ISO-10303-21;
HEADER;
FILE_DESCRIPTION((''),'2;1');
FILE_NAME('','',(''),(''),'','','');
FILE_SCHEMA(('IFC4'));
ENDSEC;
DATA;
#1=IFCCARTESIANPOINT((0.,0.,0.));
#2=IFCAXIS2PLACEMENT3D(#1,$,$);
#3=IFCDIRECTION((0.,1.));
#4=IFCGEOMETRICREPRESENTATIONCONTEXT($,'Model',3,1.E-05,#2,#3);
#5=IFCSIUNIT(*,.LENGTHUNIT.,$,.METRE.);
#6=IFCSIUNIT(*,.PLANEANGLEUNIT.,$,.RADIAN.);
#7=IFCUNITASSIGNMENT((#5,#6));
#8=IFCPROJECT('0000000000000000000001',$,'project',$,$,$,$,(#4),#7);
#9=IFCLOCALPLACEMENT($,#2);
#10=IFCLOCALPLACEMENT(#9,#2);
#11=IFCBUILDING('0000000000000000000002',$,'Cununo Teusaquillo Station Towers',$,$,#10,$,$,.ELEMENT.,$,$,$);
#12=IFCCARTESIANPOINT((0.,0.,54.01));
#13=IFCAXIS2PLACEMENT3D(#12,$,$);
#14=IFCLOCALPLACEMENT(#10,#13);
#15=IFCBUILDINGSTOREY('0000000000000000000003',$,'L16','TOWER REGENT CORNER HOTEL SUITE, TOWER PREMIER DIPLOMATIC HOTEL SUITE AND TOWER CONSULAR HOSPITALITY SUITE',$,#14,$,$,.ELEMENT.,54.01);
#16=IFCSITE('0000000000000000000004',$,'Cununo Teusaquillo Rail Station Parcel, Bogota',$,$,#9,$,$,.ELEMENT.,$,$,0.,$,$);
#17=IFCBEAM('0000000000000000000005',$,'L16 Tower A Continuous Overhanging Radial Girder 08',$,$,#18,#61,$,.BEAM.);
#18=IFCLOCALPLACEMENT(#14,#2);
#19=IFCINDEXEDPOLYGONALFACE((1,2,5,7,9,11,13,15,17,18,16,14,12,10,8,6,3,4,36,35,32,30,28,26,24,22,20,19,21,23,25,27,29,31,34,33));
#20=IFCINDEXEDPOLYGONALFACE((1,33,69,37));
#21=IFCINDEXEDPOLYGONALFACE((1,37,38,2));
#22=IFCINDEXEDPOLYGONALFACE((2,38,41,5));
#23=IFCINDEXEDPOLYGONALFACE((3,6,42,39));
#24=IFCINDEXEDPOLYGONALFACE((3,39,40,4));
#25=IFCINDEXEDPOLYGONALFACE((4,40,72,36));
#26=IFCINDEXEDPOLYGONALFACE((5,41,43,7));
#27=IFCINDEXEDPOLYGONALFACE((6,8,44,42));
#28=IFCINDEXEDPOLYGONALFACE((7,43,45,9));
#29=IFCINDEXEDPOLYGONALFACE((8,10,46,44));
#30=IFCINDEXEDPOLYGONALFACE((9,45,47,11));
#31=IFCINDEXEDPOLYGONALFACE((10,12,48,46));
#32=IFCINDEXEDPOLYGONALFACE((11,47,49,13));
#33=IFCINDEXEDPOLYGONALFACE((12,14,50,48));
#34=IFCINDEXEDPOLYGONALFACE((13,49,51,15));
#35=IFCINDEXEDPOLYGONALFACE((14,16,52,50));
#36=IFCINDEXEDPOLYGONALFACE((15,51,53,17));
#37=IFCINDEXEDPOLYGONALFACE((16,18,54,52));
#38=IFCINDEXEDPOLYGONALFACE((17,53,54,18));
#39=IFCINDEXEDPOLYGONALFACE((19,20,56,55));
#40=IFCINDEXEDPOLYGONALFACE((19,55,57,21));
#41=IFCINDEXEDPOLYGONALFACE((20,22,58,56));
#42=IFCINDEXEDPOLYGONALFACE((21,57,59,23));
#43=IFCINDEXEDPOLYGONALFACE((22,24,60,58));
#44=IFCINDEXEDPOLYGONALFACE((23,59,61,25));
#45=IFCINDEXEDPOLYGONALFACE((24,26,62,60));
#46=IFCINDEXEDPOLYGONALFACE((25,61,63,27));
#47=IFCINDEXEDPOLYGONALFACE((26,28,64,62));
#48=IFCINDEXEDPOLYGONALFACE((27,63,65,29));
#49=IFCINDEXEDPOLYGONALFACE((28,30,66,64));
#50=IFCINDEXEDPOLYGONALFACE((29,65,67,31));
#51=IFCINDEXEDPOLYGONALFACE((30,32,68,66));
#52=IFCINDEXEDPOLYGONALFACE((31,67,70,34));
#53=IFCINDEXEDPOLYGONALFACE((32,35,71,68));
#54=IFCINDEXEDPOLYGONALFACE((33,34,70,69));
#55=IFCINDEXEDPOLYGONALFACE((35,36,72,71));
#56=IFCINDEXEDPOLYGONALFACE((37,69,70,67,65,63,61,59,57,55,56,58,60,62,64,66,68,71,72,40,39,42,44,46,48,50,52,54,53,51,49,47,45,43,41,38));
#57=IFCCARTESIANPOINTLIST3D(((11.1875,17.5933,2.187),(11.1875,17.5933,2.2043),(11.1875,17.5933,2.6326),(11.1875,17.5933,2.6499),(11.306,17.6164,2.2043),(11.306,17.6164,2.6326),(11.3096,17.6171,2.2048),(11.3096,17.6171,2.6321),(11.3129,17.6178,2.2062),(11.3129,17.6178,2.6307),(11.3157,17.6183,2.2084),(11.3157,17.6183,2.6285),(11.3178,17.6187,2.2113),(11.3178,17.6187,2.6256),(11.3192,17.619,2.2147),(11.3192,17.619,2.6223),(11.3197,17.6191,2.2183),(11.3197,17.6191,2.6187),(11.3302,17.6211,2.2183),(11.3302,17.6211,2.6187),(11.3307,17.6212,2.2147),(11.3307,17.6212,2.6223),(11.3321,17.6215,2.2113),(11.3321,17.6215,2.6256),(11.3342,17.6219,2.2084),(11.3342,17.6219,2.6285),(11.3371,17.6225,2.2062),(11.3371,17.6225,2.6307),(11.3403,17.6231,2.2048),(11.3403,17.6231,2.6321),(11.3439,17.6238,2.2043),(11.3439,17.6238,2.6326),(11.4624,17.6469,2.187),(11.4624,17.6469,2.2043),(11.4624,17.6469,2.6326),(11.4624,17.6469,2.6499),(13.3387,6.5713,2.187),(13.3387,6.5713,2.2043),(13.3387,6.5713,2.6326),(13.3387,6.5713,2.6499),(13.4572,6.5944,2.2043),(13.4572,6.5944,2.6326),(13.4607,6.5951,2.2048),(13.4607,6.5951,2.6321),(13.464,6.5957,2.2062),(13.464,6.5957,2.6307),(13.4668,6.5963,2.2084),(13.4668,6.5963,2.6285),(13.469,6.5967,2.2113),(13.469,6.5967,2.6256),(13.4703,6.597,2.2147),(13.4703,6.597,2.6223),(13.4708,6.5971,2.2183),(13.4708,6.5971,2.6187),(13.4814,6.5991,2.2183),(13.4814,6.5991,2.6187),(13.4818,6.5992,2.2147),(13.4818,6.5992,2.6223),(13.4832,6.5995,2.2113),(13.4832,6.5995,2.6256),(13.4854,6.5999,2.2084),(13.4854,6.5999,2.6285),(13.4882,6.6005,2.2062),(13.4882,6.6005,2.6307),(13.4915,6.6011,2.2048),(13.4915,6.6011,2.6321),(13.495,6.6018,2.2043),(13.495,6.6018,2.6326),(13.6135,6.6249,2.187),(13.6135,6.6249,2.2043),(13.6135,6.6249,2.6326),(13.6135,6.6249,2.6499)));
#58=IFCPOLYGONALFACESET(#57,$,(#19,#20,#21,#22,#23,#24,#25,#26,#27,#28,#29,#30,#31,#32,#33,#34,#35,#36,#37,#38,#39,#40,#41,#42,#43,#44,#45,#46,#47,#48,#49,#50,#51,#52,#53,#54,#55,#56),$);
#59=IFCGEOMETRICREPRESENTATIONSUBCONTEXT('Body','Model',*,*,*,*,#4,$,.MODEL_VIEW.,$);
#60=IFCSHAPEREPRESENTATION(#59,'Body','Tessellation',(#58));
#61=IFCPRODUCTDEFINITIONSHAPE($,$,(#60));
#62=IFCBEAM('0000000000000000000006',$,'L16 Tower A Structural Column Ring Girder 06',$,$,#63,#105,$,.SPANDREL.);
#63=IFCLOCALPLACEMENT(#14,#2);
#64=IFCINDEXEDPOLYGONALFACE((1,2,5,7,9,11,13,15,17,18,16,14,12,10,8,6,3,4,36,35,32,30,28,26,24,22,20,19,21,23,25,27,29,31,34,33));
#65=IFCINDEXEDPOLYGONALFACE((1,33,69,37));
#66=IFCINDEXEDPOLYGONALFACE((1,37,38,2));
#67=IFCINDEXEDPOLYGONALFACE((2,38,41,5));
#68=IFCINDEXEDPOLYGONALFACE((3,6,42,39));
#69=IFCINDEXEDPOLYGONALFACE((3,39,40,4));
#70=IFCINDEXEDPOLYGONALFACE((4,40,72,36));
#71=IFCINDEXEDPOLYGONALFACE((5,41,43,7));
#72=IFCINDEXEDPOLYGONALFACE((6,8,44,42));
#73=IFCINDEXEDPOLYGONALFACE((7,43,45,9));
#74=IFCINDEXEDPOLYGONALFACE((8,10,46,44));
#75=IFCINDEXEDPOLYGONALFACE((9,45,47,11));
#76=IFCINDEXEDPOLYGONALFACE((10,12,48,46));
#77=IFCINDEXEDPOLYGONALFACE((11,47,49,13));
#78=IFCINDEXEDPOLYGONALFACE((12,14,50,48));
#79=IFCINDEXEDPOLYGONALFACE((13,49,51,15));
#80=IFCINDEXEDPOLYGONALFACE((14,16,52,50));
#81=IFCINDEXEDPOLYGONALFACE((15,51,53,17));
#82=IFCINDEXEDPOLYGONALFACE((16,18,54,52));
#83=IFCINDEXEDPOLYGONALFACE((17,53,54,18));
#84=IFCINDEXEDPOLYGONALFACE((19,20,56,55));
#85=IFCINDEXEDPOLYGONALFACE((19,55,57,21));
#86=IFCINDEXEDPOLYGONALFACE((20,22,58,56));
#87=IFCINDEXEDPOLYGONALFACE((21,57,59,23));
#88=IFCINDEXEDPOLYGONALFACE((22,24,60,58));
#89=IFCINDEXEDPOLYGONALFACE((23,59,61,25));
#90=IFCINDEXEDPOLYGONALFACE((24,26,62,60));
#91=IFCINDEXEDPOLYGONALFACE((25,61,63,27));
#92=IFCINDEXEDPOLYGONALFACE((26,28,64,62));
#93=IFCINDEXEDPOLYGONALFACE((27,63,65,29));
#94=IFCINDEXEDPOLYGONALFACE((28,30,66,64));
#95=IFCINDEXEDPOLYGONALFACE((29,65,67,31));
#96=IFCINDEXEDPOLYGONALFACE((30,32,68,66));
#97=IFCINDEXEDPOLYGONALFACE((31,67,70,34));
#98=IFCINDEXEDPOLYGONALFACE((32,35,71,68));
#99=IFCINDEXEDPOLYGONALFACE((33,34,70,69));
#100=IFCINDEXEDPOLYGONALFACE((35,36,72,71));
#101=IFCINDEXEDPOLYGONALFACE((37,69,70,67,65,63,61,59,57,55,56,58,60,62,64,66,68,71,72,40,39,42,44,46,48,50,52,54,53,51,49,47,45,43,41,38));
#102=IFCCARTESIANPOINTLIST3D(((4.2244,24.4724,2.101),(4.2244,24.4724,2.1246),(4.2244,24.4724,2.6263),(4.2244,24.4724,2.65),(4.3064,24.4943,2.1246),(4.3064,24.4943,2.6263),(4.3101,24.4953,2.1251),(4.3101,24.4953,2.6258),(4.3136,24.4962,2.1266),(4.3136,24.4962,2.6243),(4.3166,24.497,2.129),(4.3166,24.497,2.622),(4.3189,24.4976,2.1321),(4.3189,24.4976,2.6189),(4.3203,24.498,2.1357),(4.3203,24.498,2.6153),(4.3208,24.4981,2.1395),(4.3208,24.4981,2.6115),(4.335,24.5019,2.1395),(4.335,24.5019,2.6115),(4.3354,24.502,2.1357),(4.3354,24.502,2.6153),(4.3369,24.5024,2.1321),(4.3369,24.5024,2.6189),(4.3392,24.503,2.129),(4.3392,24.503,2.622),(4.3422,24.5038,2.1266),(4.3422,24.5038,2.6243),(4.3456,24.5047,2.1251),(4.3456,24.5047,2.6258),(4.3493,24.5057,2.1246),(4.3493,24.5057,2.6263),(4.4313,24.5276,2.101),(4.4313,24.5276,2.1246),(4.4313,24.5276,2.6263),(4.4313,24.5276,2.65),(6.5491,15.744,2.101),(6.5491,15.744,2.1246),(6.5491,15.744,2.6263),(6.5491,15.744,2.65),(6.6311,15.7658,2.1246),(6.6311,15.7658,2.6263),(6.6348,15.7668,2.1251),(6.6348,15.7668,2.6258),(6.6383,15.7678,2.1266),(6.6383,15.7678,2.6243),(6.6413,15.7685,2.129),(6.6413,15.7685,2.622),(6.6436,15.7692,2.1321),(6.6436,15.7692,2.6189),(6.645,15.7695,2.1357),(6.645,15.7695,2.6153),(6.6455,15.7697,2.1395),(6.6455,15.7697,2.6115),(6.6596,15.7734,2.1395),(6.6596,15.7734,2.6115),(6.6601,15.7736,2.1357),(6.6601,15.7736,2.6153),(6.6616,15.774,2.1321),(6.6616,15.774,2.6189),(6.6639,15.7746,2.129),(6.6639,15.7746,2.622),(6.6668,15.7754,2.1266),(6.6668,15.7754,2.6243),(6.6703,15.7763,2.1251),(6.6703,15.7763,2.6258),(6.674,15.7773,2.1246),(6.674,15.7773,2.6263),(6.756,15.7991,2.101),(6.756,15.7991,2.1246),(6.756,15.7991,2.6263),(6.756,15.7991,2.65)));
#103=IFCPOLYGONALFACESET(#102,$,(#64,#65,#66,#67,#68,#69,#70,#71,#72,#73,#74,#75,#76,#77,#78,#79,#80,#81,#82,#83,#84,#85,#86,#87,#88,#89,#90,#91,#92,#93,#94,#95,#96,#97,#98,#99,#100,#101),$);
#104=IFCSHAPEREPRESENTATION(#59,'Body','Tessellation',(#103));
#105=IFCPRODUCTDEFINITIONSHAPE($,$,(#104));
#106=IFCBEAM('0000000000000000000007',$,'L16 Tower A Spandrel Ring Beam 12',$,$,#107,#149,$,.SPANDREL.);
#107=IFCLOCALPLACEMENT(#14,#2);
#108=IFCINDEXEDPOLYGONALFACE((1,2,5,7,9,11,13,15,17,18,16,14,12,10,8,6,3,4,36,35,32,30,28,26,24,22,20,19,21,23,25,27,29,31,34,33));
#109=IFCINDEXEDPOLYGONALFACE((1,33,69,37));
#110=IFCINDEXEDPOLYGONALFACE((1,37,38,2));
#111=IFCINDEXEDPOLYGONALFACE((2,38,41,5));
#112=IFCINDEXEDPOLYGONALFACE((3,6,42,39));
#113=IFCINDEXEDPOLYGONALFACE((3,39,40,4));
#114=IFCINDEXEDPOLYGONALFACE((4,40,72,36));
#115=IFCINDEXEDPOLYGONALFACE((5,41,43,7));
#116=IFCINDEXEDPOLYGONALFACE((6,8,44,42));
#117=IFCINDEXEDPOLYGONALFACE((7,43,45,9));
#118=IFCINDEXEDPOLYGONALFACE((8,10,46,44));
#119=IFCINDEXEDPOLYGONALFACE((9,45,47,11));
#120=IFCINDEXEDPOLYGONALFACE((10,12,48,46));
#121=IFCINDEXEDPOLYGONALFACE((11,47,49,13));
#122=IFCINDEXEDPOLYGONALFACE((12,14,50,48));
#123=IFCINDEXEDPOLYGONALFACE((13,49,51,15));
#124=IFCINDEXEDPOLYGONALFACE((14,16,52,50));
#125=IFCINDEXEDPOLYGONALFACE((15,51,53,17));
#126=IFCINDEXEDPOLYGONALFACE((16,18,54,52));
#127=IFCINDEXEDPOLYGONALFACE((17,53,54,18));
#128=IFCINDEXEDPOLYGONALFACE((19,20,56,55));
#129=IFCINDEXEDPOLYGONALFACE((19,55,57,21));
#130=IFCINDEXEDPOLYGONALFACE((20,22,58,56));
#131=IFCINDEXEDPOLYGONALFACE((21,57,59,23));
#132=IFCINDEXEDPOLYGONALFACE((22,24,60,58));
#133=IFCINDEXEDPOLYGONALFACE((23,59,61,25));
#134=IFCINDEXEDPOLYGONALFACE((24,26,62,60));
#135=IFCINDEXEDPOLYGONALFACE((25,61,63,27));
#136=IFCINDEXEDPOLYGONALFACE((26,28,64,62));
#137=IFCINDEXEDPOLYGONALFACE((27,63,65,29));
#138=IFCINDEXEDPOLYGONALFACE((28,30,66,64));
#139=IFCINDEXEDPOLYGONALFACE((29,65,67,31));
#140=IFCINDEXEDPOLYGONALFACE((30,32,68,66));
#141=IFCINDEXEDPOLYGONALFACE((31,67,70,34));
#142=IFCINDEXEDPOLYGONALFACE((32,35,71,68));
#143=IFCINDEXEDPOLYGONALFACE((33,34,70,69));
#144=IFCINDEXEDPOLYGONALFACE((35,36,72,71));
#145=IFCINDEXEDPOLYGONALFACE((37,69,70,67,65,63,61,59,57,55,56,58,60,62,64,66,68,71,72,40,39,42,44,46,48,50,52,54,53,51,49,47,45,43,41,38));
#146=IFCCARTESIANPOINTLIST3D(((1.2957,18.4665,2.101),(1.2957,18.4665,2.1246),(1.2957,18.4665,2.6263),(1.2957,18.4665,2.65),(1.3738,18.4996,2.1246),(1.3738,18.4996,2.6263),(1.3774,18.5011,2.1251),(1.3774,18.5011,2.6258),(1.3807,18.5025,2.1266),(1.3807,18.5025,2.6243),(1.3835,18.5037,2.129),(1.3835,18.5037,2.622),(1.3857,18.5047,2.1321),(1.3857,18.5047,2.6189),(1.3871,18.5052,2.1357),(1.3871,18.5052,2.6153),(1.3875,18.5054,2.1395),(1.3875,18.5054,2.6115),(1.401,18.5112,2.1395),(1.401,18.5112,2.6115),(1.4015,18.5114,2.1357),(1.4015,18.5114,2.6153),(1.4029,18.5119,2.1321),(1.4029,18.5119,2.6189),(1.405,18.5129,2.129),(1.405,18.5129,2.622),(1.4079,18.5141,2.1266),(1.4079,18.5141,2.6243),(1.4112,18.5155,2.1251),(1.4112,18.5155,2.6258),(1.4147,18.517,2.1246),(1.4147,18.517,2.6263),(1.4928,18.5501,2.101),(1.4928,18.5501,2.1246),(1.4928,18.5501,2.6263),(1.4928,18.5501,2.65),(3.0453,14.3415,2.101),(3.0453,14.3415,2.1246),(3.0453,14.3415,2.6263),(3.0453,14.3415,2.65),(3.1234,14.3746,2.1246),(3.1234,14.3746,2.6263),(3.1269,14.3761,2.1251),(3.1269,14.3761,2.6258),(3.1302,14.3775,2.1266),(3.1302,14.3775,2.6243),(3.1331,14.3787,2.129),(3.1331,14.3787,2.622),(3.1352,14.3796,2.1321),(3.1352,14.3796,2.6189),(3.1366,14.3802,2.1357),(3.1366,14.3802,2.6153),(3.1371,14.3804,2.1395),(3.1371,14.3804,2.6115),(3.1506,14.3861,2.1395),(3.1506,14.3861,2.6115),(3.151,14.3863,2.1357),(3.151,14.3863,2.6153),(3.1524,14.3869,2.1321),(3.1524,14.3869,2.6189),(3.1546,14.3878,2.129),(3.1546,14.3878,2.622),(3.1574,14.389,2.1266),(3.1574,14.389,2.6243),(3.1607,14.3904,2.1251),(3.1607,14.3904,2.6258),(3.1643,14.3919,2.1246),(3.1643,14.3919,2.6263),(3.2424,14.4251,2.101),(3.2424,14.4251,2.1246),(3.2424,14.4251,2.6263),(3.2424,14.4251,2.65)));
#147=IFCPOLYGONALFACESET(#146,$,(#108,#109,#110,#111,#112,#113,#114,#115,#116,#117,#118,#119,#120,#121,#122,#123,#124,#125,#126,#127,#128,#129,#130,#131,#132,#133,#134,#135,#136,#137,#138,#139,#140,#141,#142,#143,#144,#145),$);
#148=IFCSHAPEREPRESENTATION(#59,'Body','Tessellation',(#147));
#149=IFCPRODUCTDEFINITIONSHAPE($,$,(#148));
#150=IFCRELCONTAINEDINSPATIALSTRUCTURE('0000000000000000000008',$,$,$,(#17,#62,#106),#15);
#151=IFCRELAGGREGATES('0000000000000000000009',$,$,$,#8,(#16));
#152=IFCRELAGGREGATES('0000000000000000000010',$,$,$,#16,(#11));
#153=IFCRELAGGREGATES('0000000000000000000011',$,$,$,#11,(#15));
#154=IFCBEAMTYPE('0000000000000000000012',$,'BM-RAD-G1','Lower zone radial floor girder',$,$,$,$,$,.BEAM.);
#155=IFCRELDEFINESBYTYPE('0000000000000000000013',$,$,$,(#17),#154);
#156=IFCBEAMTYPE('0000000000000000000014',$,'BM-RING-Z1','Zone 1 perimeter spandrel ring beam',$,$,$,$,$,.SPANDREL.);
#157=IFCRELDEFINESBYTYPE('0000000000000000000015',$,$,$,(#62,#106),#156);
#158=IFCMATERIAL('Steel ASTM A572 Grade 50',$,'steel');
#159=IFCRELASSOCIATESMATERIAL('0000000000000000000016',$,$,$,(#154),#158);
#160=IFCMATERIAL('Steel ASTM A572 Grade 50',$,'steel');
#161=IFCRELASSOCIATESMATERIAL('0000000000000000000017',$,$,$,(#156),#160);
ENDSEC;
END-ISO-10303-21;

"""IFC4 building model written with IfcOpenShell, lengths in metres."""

from ifc_helpers import new_model, si_unit, direction, frame, origin, origin_2d, place, context, subcontext, project, spatial, i_section, extrude, material, material_profile, profile_set, type_object, element, save


model = new_model("IFC4")

# Units and contexts
model_context = context("Model", 3, precision=1e-05, world=origin(), true_north=direction((0.0, 1.0)))
body_context = subcontext(model_context, "Body", "Model", "MODEL_VIEW")
ifc_project = project(units=[si_unit("LENGTHUNIT", "METRE"), si_unit("PLANEANGLEUNIT", "RADIAN")], contexts=[model_context])

# Site, building, storey
site_placement = place(None, origin())
site = spatial("IfcSite", under=ifc_project, at=site_placement, Name="Cununo Teusaquillo Rail Station Parcel, Bogota", CompositionType="ELEMENT", RefElevation=0.0)
building_placement = place(site_placement, origin())
building = spatial("IfcBuilding", under=site, at=building_placement, Name="Cununo Teusaquillo Station Towers", CompositionType="ELEMENT")
storey_placement = place(building_placement, frame((0.0, 0.0, 54.01)))
storey = spatial("IfcBuildingStorey", under=building, at=storey_placement, Name="L16", Description="TOWER REGENT CORNER HOTEL SUITE, TOWER PREMIER DIPLOMATIC HOTEL SUITE AND TOWER CONSULAR HOSPITALITY SUITE", CompositionType="ELEMENT", Elevation=54.01)

# Beams
ifc_material_1 = material(Name="Steel ASTM A572 Grade 50", Category="steel")
ifc_material_profile_1 = material_profile(ifc_material_1, i_section(OverallWidth=0.28, OverallDepth=0.4629, WebThickness=0.0107, FlangeThickness=0.0173, FilletRadius=0.0139, at=origin_2d()), Name="W18X76")
ifc_profile_set_1 = profile_set([ifc_material_profile_1], Name="Steel ASTM A572 Grade 50")
beam_type_1 = type_object("IfcBeamType", Name="BM-RAD-G1", Description="Lower zone radial floor girder", PredefinedType="BEAM", material=ifc_profile_set_1)
beam_1_placement = place(storey_placement, frame((11.325, 17.6201, 2.4185), z_axis=(0.191553, -0.981482, 0.0), x_axis=(0.981482, 0.191553, 0.0)))
element("IfcBeam", 1, at=beam_1_placement, inside=storey, type_object=beam_type_1, Name="L16 Tower A Continuous Overhanging Radial Girder 08", PredefinedType="BEAM", context=body_context, shape_type="SweptSolid", body=[
    extrude(i_section(OverallWidth=0.28, OverallDepth=0.4629, WebThickness=0.0107, FlangeThickness=0.0173, FilletRadius=0.0139, at=origin_2d()), origin(), (0.0, 0.0, 1.0), 11.23),
])
ifc_material_2 = material(Name="Steel ASTM A572 Grade 50", Category="steel")
ifc_material_profile_2 = material_profile(ifc_material_2, i_section(OverallWidth=0.2141, OverallDepth=0.5491, WebThickness=0.0146, FlangeThickness=0.0237, FilletRadius=0.0149, at=origin_2d()), Name="W21X93")
ifc_profile_set_2 = profile_set([ifc_material_profile_2], Name="Steel ASTM A572 Grade 50")
beam_type_2 = type_object("IfcBeamType", Name="BM-RING-Z1", Description="Zone 1 perimeter spandrel ring beam", PredefinedType="SPANDREL", material=ifc_profile_set_2)
beam_2_placement = place(storey_placement, frame((4.3279, 24.5, 2.3755), z_axis=(0.257363, -0.966315, 0.0), x_axis=(0.966315, 0.257363, 0.0)))
element("IfcBeam", 2, at=beam_2_placement, inside=storey, type_object=beam_type_2, Name="L16 Tower A Structural Column Ring Girder 06", PredefinedType="SPANDREL", context=body_context, shape_type="SweptSolid", body=[
    extrude(i_section(OverallWidth=0.2141, OverallDepth=0.5491, WebThickness=0.0146, FlangeThickness=0.0237, FilletRadius=0.0149, at=origin_2d()), origin(), (0.0, 0.0, 1.0), 9.0327),
])
beam_3_placement = place(storey_placement, frame((1.3943, 18.5083, 2.3755), z_axis=(0.390457, -0.920621, 0.0), x_axis=(0.920621, 0.390457, 0.0)))
element("IfcBeam", 3, at=beam_3_placement, inside=storey, type_object=beam_type_2, Name="L16 Tower A Spandrel Ring Beam 12", PredefinedType="SPANDREL", context=body_context, shape_type="SweptSolid", body=[
    extrude(i_section(OverallWidth=0.2141, OverallDepth=0.5491, WebThickness=0.0146, FlangeThickness=0.0237, FilletRadius=0.0149, at=origin_2d()), origin(), (0.0, 0.0, 1.0), 4.4807),
])

save(model, "model.ifc")
